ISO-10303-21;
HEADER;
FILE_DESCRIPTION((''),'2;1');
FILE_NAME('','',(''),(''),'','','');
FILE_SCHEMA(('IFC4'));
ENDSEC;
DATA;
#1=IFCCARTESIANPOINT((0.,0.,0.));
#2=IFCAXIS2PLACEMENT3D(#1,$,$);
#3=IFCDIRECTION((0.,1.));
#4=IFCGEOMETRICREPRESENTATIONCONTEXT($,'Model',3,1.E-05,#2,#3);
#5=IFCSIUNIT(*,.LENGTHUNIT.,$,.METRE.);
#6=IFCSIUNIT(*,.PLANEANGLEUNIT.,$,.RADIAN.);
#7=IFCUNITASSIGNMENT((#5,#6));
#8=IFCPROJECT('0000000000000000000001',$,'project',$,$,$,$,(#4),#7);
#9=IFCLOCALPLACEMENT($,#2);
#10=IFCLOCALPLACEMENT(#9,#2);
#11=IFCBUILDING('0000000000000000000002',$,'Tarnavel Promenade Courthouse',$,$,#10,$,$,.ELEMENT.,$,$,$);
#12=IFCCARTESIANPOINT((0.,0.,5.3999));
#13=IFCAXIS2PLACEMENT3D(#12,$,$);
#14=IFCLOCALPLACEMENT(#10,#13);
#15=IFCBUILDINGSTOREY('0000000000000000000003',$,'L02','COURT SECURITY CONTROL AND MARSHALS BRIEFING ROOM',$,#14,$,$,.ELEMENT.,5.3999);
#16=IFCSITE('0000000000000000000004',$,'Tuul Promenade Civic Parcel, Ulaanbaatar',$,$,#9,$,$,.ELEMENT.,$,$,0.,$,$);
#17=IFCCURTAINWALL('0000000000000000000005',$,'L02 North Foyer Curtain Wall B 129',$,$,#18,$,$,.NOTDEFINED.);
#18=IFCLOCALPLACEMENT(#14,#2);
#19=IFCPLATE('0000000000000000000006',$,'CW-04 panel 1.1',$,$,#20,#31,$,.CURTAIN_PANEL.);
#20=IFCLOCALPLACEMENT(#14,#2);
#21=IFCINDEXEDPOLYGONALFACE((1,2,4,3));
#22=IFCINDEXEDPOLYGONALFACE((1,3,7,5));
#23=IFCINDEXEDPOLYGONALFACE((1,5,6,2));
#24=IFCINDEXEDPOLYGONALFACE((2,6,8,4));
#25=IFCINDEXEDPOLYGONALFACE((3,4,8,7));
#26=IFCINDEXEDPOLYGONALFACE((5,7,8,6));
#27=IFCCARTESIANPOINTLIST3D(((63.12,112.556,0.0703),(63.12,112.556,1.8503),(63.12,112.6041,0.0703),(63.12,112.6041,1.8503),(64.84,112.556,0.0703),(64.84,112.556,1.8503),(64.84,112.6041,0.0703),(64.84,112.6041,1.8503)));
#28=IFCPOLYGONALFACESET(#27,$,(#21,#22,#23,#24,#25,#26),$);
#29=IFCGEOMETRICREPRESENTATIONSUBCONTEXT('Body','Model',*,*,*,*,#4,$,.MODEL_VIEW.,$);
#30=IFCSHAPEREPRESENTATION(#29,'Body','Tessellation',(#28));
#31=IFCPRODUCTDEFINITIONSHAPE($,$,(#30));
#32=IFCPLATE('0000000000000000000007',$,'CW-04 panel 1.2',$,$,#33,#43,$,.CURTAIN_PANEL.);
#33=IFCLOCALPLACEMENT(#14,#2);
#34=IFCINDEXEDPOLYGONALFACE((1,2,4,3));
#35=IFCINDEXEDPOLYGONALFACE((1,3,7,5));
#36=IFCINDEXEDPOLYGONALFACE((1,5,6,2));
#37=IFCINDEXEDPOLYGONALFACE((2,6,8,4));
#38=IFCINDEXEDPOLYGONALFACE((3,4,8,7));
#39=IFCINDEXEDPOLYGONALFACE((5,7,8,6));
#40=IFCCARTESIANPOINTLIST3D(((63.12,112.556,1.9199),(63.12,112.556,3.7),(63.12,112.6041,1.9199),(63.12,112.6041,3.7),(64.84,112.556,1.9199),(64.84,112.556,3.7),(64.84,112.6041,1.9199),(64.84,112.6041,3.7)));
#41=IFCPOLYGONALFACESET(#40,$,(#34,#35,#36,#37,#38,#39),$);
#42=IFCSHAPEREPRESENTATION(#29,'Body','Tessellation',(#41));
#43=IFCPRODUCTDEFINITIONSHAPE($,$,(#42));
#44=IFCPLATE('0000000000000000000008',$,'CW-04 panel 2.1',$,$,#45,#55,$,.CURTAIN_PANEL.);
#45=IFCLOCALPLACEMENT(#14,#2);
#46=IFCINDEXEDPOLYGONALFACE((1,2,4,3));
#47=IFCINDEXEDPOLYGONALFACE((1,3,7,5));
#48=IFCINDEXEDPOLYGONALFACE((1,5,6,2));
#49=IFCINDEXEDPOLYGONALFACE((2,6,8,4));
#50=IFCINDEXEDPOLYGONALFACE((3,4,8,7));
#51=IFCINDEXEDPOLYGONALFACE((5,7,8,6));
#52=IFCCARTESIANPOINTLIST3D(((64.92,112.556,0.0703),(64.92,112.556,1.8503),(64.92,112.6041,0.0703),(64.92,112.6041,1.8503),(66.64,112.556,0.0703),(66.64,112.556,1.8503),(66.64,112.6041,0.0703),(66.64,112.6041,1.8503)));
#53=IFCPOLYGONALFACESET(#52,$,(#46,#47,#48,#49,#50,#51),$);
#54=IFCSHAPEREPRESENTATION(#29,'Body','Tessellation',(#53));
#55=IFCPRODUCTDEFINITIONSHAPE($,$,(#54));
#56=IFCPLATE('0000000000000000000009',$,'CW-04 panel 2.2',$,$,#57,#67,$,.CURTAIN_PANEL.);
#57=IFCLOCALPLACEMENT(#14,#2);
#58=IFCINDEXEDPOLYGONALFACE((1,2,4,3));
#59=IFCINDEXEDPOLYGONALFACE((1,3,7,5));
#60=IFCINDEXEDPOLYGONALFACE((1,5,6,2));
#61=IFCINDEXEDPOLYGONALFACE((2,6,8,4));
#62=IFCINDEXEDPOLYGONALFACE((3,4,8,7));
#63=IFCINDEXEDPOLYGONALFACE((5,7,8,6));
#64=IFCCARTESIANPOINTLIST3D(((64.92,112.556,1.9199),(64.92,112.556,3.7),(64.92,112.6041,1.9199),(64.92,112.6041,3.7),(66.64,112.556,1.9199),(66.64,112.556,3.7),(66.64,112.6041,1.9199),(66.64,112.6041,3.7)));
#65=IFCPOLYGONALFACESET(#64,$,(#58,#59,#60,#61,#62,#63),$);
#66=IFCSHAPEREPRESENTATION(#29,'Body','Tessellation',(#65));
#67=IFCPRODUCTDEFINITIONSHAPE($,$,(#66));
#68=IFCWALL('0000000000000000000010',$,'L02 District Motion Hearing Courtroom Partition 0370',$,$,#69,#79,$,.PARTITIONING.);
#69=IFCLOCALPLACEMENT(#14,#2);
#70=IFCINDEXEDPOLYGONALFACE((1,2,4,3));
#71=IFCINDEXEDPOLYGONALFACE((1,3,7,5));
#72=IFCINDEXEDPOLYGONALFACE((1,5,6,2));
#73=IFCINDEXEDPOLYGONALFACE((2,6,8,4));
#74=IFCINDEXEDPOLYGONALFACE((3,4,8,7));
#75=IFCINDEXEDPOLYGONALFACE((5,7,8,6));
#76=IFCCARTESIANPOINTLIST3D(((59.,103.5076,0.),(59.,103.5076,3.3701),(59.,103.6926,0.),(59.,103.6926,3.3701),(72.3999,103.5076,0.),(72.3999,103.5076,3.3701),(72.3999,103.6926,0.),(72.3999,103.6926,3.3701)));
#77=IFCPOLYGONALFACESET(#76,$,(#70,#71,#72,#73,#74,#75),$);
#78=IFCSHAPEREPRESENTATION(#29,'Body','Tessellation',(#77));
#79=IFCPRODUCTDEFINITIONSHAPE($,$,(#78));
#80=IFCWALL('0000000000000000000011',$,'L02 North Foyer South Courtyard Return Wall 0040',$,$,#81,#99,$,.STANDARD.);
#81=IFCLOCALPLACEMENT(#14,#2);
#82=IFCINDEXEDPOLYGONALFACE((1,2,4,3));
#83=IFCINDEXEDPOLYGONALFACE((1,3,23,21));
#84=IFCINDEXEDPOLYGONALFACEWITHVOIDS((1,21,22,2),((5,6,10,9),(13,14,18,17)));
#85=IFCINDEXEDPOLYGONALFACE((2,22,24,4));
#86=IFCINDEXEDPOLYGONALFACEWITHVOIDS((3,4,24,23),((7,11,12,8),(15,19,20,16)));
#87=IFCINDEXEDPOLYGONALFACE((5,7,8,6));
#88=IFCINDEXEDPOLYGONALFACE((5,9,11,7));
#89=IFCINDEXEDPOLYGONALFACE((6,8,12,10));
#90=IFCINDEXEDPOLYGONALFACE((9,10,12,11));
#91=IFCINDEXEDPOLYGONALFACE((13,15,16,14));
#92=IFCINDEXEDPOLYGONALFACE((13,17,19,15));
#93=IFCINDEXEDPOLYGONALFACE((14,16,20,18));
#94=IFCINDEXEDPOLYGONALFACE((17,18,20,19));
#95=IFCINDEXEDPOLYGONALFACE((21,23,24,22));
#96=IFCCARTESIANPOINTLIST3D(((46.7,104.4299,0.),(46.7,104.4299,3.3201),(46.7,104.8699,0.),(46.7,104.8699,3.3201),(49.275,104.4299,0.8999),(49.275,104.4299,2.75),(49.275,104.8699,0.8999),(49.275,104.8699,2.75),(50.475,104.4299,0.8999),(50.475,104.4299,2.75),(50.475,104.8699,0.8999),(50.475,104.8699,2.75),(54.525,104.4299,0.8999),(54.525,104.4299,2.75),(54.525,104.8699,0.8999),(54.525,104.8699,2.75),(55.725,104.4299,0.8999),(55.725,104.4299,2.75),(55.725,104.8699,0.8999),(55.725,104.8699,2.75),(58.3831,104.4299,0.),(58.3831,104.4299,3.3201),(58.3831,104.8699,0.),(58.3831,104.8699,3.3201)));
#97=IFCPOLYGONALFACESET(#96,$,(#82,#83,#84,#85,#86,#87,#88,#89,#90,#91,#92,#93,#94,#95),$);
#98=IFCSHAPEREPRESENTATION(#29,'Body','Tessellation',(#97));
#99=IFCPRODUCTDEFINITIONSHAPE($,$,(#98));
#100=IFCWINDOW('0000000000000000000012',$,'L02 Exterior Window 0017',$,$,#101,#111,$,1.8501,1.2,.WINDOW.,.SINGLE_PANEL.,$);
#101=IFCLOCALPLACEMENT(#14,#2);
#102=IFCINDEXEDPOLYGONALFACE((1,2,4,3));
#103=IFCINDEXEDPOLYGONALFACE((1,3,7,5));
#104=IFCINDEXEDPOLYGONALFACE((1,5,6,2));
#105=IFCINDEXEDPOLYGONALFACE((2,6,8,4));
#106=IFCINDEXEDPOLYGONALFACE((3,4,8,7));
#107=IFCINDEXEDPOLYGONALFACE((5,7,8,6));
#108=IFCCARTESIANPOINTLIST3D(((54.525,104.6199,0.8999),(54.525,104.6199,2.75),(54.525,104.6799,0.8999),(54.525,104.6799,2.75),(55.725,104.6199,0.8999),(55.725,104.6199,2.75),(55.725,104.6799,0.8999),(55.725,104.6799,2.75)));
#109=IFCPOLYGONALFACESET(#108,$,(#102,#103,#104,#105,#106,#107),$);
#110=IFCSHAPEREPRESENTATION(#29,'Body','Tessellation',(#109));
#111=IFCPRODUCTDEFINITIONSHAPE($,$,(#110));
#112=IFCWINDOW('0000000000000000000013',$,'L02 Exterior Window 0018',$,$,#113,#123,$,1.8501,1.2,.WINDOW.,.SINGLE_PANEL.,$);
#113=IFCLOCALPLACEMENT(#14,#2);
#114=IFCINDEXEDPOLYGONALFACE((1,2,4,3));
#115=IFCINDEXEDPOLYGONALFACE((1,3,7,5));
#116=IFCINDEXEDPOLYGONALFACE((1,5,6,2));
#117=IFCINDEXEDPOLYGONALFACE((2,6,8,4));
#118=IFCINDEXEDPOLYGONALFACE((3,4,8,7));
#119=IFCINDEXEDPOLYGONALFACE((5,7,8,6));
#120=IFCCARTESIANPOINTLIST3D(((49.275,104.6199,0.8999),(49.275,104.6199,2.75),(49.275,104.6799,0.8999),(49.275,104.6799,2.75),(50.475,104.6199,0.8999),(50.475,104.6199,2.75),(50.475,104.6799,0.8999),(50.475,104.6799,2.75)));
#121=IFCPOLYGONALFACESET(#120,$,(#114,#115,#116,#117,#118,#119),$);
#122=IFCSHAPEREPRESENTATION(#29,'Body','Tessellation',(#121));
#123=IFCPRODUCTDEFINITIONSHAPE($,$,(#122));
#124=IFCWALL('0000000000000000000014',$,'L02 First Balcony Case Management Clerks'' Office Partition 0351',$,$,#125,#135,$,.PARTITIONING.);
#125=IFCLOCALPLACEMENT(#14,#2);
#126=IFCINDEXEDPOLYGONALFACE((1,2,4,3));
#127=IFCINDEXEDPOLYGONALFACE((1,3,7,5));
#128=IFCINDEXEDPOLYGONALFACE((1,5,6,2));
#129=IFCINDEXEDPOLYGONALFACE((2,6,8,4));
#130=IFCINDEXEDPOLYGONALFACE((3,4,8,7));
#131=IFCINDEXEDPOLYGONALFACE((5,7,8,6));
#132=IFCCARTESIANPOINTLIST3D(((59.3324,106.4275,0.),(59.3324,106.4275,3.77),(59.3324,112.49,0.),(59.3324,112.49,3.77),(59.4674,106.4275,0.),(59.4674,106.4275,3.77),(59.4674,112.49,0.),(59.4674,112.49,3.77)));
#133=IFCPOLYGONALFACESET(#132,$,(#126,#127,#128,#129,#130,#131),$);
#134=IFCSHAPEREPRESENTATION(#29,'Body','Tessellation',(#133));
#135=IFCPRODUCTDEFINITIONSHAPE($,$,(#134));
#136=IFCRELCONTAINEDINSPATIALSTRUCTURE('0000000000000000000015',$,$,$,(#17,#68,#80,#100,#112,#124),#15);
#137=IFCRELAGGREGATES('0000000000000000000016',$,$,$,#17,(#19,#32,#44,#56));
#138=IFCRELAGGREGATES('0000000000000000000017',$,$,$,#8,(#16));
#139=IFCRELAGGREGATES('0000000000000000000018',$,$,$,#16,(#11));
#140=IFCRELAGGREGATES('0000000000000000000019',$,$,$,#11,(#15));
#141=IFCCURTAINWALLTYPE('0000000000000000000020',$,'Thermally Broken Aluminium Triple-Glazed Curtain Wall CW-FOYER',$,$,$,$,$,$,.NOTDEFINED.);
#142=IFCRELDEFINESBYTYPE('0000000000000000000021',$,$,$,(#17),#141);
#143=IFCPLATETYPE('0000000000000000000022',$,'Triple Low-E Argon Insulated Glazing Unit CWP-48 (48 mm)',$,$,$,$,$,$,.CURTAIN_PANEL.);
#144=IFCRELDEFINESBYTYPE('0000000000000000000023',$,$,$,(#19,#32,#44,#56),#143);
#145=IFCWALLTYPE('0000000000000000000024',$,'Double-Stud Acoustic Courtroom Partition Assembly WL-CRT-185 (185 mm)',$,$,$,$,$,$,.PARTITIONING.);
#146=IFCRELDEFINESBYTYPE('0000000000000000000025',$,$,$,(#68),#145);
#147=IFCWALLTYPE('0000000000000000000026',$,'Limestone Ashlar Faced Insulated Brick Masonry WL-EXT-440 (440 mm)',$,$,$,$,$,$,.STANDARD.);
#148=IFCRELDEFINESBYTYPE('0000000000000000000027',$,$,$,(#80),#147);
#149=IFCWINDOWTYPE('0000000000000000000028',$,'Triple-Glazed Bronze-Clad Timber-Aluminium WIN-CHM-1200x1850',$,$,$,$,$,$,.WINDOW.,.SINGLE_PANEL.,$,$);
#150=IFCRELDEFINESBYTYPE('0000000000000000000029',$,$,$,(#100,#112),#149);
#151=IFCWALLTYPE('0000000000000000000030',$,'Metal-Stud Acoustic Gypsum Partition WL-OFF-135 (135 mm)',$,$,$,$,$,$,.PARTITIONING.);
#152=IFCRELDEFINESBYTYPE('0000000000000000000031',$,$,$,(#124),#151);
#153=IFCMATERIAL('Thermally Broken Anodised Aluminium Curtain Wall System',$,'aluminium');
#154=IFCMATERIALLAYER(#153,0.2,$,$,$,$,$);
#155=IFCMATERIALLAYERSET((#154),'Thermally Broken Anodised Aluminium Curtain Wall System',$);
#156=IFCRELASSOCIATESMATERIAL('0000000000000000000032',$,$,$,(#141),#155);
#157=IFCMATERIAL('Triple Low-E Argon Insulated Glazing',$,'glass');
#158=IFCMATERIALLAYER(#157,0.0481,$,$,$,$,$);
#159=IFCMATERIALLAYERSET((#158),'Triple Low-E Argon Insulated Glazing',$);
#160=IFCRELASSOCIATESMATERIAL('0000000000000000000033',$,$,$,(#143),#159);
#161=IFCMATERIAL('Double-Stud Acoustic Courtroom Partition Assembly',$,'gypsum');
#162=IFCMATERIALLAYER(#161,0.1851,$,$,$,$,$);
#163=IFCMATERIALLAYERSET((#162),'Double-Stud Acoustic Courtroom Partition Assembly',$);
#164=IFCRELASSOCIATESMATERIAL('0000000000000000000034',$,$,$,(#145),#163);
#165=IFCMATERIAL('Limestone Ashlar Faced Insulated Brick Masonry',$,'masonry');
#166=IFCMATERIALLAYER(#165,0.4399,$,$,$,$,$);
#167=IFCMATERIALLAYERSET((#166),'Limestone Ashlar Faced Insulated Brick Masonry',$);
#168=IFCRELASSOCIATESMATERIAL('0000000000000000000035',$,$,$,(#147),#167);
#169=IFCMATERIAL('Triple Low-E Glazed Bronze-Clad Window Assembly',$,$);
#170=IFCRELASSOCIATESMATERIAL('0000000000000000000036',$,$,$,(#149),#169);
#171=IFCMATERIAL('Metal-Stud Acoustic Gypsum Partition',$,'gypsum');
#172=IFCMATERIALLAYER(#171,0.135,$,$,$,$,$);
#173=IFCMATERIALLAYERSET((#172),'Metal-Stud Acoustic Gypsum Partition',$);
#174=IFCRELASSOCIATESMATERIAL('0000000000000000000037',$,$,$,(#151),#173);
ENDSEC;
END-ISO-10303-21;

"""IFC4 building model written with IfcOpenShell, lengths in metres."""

from ifc_helpers import new_model, si_unit, direction, frame, frame_2d, origin, origin_2d, place, context, subcontext, project, spatial, rectangle, extrude, material, layer, layer_set, type_object, element, fill, aggregate, save


model = new_model("IFC4")

# Units and contexts
model_context = context("Model", 3, precision=1e-05, world=origin(), true_north=direction((0.0, 1.0)))
body_context = subcontext(model_context, "Body", "Model", "MODEL_VIEW")
ifc_project = project(units=[si_unit("LENGTHUNIT", "METRE"), si_unit("PLANEANGLEUNIT", "RADIAN")], contexts=[model_context])

# Site, building, storey
site_placement = place(None, origin())
site = spatial("IfcSite", under=ifc_project, at=site_placement, Name="Tuul Promenade Civic Parcel, Ulaanbaatar", CompositionType="ELEMENT", RefElevation=0.0)
building_placement = place(site_placement, origin())
building = spatial("IfcBuilding", under=site, at=building_placement, Name="Tarnavel Promenade Courthouse", CompositionType="ELEMENT")
storey_placement = place(building_placement, frame((0.0, 0.0, 5.3999)))
storey = spatial("IfcBuildingStorey", under=building, at=storey_placement, Name="L02", Description="COURT SECURITY CONTROL AND MARSHALS BRIEFING ROOM", CompositionType="ELEMENT", Elevation=5.3999)

# Curtain wall
ifc_material_1 = material(Name="Thermally Broken Anodised Aluminium Curtain Wall System", Category="aluminium")
ifc_layer_1 = layer(ifc_material_1, 0.2)
ifc_layer_set_1 = layer_set([ifc_layer_1], Name="Thermally Broken Anodised Aluminium Curtain Wall System")
curtain_wall_type = type_object("IfcCurtainWallType", Name="Thermally Broken Aluminium Triple-Glazed Curtain Wall CW-FOYER", PredefinedType="NOTDEFINED", material=ifc_layer_set_1)
curtain_wall_1_placement = place(storey_placement, origin())
curtain_wall_1 = element("IfcCurtainWall", 1, at=curtain_wall_1_placement, inside=storey, type_object=curtain_wall_type, Name="L02 North Foyer Curtain Wall B 129", PredefinedType="NOTDEFINED")

# Plates
ifc_material_2 = material(Name="Triple Low-E Argon Insulated Glazing", Category="glass")
ifc_layer_2 = layer(ifc_material_2, 0.0481)
ifc_layer_set_2 = layer_set([ifc_layer_2], Name="Triple Low-E Argon Insulated Glazing")
plate_type = type_object("IfcPlateType", Name="Triple Low-E Argon Insulated Glazing Unit CWP-48 (48 mm)", PredefinedType="CURTAIN_PANEL", material=ifc_layer_set_2)
plate_1_placement = place(storey_placement, frame((63.98, 112.5801, 0.0703), z_axis=(0.0, 0.0, 1.0), x_axis=(1.0, 0.0, 0.0)))
plate_1 = element("IfcPlate", 2, at=plate_1_placement, type_object=plate_type, Name="CW-04 panel 1.1", PredefinedType="CURTAIN_PANEL", context=body_context, shape_type="SweptSolid", body=[
    extrude(rectangle(XDim=1.72, YDim=0.0481, at=origin_2d()), origin(), (0.0, 0.0, 1.0), 1.78),
])
plate_2_placement = place(storey_placement, frame((63.98, 112.5801, 1.9199), z_axis=(0.0, 0.0, 1.0), x_axis=(1.0, 0.0, 0.0)))
plate_2 = element("IfcPlate", 3, at=plate_2_placement, type_object=plate_type, Name="CW-04 panel 1.2", PredefinedType="CURTAIN_PANEL", context=body_context, shape_type="SweptSolid", body=[
    extrude(rectangle(XDim=1.72, YDim=0.0481, at=origin_2d()), origin(), (0.0, 0.0, 1.0), 1.78),
])
plate_3_placement = place(storey_placement, frame((65.78, 112.5801, 0.0703), z_axis=(0.0, 0.0, 1.0), x_axis=(1.0, 0.0, 0.0)))
plate_3 = element("IfcPlate", 4, at=plate_3_placement, type_object=plate_type, Name="CW-04 panel 2.1", PredefinedType="CURTAIN_PANEL", context=body_context, shape_type="SweptSolid", body=[
    extrude(rectangle(XDim=1.72, YDim=0.0481, at=origin_2d()), origin(), (0.0, 0.0, 1.0), 1.78),
])
plate_4_placement = place(storey_placement, frame((65.78, 112.5801, 1.9199), z_axis=(0.0, 0.0, 1.0), x_axis=(1.0, 0.0, 0.0)))
plate_4 = element("IfcPlate", 5, at=plate_4_placement, type_object=plate_type, Name="CW-04 panel 2.2", PredefinedType="CURTAIN_PANEL", context=body_context, shape_type="SweptSolid", body=[
    extrude(rectangle(XDim=1.72, YDim=0.0481, at=origin_2d()), origin(), (0.0, 0.0, 1.0), 1.78),
])
aggregate(curtain_wall_1, [plate_1, plate_2, plate_3, plate_4])

# Wall
ifc_material_3 = material(Name="Double-Stud Acoustic Courtroom Partition Assembly", Category="gypsum")
ifc_layer_3 = layer(ifc_material_3, 0.1851)
ifc_layer_set_3 = layer_set([ifc_layer_3], Name="Double-Stud Acoustic Courtroom Partition Assembly")
wall_type_1 = type_object("IfcWallType", Name="Double-Stud Acoustic Courtroom Partition Assembly WL-CRT-185 (185 mm)", PredefinedType="PARTITIONING", material=ifc_layer_set_3)
wall_1_placement = place(storey_placement, frame((59.0, 103.6001, 0.0), z_axis=(0.0, 0.0, 1.0), x_axis=(1.0, 0.0, 0.0)))
element("IfcWall", 6, at=wall_1_placement, inside=storey, type_object=wall_type_1, Name="L02 District Motion Hearing Courtroom Partition 0370", PredefinedType="PARTITIONING", context=body_context, shape_type="SweptSolid", body=[
    extrude(rectangle(XDim=13.3999, YDim=0.1851, at=frame_2d((6.7, 0.0))), origin(), (0.0, 0.0, 1.0), 3.3701),
])

# Wall, openings, windows
ifc_material_4 = material(Name="Limestone Ashlar Faced Insulated Brick Masonry", Category="masonry")
ifc_layer_4 = layer(ifc_material_4, 0.4399)
ifc_layer_set_4 = layer_set([ifc_layer_4], Name="Limestone Ashlar Faced Insulated Brick Masonry")
wall_type_2 = type_object("IfcWallType", Name="Limestone Ashlar Faced Insulated Brick Masonry WL-EXT-440 (440 mm)", PredefinedType="STANDARD", material=ifc_layer_set_4)
wall_2_placement = place(storey_placement, frame((58.3831, 104.6499, 0.0), z_axis=(0.0, 0.0, 1.0), x_axis=(-1.0, 0.0, 0.0)))
wall_2 = element("IfcWall", 7, at=wall_2_placement, inside=storey, type_object=wall_type_2, Name="L02 North Foyer South Courtyard Return Wall 0040", PredefinedType="STANDARD", context=body_context, shape_type="SweptSolid", body=[
    extrude(rectangle(XDim=11.6831, YDim=0.4399, at=frame_2d((5.8416, 0.0))), origin(), (0.0, 0.0, 1.0), 3.3201),
])
opening_1_placement = place(wall_2_placement, frame((2.658, 0.0, 0.8999)))
opening_1 = element("IfcOpeningElement", 8, at=opening_1_placement, cuts=wall_2, PredefinedType="OPENING", context=body_context, shape_type="SweptSolid", body=[
    extrude(rectangle(XDim=1.2, YDim=1.8501, at=frame_2d((0.6001, 0.925))), frame((0.0, 0.23, 0.0), z_axis=(0.0, -1.0, 0.0), x_axis=(1.0, 0.0, 0.0)), (0.0, 0.0, 1.0), 0.46),
])
opening_2_placement = place(wall_2_placement, frame((7.908, 0.0, 0.8999)))
opening_2 = element("IfcOpeningElement", 9, at=opening_2_placement, cuts=wall_2, PredefinedType="OPENING", context=body_context, shape_type="SweptSolid", body=[
    extrude(rectangle(XDim=1.2, YDim=1.8501, at=frame_2d((0.6001, 0.925))), frame((0.0, 0.23, 0.0), z_axis=(0.0, -1.0, 0.0), x_axis=(1.0, 0.0, 0.0)), (0.0, 0.0, 1.0), 0.46),
])
ifc_material_5 = material(Name="Triple Low-E Glazed Bronze-Clad Window Assembly")
window_type = type_object("IfcWindowType", Name="Triple-Glazed Bronze-Clad Timber-Aluminium WIN-CHM-1200x1850", PartitioningType="SINGLE_PANEL", PredefinedType="WINDOW", material=ifc_material_5)
window_1_placement = place(opening_1_placement, origin())
window_1 = element("IfcWindow", 10, at=window_1_placement, inside=storey, type_object=window_type, Name="L02 Exterior Window 0017", OverallHeight=1.8501, OverallWidth=1.2, PartitioningType="SINGLE_PANEL", PredefinedType="WINDOW", context=body_context, shape_type="SweptSolid", body=[
    extrude(rectangle(XDim=1.2, YDim=1.8501, at=frame_2d((0.6001, 0.925))), frame((0.0, 0.03, 0.0), z_axis=(0.0, -1.0, 0.0), x_axis=(1.0, 0.0, 0.0)), (0.0, 0.0, 1.0), 0.0601),
])
fill(opening_1, window_1)
window_2_placement = place(opening_2_placement, origin())
window_2 = element("IfcWindow", 11, at=window_2_placement, inside=storey, type_object=window_type, Name="L02 Exterior Window 0018", OverallHeight=1.8501, OverallWidth=1.2, PartitioningType="SINGLE_PANEL", PredefinedType="WINDOW", context=body_context, shape_type="SweptSolid", body=[
    extrude(rectangle(XDim=1.2, YDim=1.8501, at=frame_2d((0.6001, 0.925))), frame((0.0, 0.03, 0.0), z_axis=(0.0, -1.0, 0.0), x_axis=(1.0, 0.0, 0.0)), (0.0, 0.0, 1.0), 0.0601),
])
fill(opening_2, window_2)

# Wall
ifc_material_6 = material(Name="Metal-Stud Acoustic Gypsum Partition", Category="gypsum")
ifc_layer_5 = layer(ifc_material_6, 0.135)
ifc_layer_set_5 = layer_set([ifc_layer_5], Name="Metal-Stud Acoustic Gypsum Partition")
wall_type_3 = type_object("IfcWallType", Name="Metal-Stud Acoustic Gypsum Partition WL-OFF-135 (135 mm)", PredefinedType="PARTITIONING", material=ifc_layer_set_5)
wall_3_placement = place(storey_placement, frame((59.3999, 106.4275, 0.0), z_axis=(0.0, 0.0, 1.0), x_axis=(0.0, 1.0, 0.0)))
element("IfcWall", 12, at=wall_3_placement, inside=storey, type_object=wall_type_3, Name="L02 First Balcony Case Management Clerks' Office Partition 0351", PredefinedType="PARTITIONING", context=body_context, shape_type="SweptSolid", body=[
    extrude(rectangle(XDim=6.0625, YDim=0.135, at=frame_2d((3.0312, 0.0))), origin(), (0.0, 0.0, 1.0), 3.77),
])

save(model, "model.ifc")
